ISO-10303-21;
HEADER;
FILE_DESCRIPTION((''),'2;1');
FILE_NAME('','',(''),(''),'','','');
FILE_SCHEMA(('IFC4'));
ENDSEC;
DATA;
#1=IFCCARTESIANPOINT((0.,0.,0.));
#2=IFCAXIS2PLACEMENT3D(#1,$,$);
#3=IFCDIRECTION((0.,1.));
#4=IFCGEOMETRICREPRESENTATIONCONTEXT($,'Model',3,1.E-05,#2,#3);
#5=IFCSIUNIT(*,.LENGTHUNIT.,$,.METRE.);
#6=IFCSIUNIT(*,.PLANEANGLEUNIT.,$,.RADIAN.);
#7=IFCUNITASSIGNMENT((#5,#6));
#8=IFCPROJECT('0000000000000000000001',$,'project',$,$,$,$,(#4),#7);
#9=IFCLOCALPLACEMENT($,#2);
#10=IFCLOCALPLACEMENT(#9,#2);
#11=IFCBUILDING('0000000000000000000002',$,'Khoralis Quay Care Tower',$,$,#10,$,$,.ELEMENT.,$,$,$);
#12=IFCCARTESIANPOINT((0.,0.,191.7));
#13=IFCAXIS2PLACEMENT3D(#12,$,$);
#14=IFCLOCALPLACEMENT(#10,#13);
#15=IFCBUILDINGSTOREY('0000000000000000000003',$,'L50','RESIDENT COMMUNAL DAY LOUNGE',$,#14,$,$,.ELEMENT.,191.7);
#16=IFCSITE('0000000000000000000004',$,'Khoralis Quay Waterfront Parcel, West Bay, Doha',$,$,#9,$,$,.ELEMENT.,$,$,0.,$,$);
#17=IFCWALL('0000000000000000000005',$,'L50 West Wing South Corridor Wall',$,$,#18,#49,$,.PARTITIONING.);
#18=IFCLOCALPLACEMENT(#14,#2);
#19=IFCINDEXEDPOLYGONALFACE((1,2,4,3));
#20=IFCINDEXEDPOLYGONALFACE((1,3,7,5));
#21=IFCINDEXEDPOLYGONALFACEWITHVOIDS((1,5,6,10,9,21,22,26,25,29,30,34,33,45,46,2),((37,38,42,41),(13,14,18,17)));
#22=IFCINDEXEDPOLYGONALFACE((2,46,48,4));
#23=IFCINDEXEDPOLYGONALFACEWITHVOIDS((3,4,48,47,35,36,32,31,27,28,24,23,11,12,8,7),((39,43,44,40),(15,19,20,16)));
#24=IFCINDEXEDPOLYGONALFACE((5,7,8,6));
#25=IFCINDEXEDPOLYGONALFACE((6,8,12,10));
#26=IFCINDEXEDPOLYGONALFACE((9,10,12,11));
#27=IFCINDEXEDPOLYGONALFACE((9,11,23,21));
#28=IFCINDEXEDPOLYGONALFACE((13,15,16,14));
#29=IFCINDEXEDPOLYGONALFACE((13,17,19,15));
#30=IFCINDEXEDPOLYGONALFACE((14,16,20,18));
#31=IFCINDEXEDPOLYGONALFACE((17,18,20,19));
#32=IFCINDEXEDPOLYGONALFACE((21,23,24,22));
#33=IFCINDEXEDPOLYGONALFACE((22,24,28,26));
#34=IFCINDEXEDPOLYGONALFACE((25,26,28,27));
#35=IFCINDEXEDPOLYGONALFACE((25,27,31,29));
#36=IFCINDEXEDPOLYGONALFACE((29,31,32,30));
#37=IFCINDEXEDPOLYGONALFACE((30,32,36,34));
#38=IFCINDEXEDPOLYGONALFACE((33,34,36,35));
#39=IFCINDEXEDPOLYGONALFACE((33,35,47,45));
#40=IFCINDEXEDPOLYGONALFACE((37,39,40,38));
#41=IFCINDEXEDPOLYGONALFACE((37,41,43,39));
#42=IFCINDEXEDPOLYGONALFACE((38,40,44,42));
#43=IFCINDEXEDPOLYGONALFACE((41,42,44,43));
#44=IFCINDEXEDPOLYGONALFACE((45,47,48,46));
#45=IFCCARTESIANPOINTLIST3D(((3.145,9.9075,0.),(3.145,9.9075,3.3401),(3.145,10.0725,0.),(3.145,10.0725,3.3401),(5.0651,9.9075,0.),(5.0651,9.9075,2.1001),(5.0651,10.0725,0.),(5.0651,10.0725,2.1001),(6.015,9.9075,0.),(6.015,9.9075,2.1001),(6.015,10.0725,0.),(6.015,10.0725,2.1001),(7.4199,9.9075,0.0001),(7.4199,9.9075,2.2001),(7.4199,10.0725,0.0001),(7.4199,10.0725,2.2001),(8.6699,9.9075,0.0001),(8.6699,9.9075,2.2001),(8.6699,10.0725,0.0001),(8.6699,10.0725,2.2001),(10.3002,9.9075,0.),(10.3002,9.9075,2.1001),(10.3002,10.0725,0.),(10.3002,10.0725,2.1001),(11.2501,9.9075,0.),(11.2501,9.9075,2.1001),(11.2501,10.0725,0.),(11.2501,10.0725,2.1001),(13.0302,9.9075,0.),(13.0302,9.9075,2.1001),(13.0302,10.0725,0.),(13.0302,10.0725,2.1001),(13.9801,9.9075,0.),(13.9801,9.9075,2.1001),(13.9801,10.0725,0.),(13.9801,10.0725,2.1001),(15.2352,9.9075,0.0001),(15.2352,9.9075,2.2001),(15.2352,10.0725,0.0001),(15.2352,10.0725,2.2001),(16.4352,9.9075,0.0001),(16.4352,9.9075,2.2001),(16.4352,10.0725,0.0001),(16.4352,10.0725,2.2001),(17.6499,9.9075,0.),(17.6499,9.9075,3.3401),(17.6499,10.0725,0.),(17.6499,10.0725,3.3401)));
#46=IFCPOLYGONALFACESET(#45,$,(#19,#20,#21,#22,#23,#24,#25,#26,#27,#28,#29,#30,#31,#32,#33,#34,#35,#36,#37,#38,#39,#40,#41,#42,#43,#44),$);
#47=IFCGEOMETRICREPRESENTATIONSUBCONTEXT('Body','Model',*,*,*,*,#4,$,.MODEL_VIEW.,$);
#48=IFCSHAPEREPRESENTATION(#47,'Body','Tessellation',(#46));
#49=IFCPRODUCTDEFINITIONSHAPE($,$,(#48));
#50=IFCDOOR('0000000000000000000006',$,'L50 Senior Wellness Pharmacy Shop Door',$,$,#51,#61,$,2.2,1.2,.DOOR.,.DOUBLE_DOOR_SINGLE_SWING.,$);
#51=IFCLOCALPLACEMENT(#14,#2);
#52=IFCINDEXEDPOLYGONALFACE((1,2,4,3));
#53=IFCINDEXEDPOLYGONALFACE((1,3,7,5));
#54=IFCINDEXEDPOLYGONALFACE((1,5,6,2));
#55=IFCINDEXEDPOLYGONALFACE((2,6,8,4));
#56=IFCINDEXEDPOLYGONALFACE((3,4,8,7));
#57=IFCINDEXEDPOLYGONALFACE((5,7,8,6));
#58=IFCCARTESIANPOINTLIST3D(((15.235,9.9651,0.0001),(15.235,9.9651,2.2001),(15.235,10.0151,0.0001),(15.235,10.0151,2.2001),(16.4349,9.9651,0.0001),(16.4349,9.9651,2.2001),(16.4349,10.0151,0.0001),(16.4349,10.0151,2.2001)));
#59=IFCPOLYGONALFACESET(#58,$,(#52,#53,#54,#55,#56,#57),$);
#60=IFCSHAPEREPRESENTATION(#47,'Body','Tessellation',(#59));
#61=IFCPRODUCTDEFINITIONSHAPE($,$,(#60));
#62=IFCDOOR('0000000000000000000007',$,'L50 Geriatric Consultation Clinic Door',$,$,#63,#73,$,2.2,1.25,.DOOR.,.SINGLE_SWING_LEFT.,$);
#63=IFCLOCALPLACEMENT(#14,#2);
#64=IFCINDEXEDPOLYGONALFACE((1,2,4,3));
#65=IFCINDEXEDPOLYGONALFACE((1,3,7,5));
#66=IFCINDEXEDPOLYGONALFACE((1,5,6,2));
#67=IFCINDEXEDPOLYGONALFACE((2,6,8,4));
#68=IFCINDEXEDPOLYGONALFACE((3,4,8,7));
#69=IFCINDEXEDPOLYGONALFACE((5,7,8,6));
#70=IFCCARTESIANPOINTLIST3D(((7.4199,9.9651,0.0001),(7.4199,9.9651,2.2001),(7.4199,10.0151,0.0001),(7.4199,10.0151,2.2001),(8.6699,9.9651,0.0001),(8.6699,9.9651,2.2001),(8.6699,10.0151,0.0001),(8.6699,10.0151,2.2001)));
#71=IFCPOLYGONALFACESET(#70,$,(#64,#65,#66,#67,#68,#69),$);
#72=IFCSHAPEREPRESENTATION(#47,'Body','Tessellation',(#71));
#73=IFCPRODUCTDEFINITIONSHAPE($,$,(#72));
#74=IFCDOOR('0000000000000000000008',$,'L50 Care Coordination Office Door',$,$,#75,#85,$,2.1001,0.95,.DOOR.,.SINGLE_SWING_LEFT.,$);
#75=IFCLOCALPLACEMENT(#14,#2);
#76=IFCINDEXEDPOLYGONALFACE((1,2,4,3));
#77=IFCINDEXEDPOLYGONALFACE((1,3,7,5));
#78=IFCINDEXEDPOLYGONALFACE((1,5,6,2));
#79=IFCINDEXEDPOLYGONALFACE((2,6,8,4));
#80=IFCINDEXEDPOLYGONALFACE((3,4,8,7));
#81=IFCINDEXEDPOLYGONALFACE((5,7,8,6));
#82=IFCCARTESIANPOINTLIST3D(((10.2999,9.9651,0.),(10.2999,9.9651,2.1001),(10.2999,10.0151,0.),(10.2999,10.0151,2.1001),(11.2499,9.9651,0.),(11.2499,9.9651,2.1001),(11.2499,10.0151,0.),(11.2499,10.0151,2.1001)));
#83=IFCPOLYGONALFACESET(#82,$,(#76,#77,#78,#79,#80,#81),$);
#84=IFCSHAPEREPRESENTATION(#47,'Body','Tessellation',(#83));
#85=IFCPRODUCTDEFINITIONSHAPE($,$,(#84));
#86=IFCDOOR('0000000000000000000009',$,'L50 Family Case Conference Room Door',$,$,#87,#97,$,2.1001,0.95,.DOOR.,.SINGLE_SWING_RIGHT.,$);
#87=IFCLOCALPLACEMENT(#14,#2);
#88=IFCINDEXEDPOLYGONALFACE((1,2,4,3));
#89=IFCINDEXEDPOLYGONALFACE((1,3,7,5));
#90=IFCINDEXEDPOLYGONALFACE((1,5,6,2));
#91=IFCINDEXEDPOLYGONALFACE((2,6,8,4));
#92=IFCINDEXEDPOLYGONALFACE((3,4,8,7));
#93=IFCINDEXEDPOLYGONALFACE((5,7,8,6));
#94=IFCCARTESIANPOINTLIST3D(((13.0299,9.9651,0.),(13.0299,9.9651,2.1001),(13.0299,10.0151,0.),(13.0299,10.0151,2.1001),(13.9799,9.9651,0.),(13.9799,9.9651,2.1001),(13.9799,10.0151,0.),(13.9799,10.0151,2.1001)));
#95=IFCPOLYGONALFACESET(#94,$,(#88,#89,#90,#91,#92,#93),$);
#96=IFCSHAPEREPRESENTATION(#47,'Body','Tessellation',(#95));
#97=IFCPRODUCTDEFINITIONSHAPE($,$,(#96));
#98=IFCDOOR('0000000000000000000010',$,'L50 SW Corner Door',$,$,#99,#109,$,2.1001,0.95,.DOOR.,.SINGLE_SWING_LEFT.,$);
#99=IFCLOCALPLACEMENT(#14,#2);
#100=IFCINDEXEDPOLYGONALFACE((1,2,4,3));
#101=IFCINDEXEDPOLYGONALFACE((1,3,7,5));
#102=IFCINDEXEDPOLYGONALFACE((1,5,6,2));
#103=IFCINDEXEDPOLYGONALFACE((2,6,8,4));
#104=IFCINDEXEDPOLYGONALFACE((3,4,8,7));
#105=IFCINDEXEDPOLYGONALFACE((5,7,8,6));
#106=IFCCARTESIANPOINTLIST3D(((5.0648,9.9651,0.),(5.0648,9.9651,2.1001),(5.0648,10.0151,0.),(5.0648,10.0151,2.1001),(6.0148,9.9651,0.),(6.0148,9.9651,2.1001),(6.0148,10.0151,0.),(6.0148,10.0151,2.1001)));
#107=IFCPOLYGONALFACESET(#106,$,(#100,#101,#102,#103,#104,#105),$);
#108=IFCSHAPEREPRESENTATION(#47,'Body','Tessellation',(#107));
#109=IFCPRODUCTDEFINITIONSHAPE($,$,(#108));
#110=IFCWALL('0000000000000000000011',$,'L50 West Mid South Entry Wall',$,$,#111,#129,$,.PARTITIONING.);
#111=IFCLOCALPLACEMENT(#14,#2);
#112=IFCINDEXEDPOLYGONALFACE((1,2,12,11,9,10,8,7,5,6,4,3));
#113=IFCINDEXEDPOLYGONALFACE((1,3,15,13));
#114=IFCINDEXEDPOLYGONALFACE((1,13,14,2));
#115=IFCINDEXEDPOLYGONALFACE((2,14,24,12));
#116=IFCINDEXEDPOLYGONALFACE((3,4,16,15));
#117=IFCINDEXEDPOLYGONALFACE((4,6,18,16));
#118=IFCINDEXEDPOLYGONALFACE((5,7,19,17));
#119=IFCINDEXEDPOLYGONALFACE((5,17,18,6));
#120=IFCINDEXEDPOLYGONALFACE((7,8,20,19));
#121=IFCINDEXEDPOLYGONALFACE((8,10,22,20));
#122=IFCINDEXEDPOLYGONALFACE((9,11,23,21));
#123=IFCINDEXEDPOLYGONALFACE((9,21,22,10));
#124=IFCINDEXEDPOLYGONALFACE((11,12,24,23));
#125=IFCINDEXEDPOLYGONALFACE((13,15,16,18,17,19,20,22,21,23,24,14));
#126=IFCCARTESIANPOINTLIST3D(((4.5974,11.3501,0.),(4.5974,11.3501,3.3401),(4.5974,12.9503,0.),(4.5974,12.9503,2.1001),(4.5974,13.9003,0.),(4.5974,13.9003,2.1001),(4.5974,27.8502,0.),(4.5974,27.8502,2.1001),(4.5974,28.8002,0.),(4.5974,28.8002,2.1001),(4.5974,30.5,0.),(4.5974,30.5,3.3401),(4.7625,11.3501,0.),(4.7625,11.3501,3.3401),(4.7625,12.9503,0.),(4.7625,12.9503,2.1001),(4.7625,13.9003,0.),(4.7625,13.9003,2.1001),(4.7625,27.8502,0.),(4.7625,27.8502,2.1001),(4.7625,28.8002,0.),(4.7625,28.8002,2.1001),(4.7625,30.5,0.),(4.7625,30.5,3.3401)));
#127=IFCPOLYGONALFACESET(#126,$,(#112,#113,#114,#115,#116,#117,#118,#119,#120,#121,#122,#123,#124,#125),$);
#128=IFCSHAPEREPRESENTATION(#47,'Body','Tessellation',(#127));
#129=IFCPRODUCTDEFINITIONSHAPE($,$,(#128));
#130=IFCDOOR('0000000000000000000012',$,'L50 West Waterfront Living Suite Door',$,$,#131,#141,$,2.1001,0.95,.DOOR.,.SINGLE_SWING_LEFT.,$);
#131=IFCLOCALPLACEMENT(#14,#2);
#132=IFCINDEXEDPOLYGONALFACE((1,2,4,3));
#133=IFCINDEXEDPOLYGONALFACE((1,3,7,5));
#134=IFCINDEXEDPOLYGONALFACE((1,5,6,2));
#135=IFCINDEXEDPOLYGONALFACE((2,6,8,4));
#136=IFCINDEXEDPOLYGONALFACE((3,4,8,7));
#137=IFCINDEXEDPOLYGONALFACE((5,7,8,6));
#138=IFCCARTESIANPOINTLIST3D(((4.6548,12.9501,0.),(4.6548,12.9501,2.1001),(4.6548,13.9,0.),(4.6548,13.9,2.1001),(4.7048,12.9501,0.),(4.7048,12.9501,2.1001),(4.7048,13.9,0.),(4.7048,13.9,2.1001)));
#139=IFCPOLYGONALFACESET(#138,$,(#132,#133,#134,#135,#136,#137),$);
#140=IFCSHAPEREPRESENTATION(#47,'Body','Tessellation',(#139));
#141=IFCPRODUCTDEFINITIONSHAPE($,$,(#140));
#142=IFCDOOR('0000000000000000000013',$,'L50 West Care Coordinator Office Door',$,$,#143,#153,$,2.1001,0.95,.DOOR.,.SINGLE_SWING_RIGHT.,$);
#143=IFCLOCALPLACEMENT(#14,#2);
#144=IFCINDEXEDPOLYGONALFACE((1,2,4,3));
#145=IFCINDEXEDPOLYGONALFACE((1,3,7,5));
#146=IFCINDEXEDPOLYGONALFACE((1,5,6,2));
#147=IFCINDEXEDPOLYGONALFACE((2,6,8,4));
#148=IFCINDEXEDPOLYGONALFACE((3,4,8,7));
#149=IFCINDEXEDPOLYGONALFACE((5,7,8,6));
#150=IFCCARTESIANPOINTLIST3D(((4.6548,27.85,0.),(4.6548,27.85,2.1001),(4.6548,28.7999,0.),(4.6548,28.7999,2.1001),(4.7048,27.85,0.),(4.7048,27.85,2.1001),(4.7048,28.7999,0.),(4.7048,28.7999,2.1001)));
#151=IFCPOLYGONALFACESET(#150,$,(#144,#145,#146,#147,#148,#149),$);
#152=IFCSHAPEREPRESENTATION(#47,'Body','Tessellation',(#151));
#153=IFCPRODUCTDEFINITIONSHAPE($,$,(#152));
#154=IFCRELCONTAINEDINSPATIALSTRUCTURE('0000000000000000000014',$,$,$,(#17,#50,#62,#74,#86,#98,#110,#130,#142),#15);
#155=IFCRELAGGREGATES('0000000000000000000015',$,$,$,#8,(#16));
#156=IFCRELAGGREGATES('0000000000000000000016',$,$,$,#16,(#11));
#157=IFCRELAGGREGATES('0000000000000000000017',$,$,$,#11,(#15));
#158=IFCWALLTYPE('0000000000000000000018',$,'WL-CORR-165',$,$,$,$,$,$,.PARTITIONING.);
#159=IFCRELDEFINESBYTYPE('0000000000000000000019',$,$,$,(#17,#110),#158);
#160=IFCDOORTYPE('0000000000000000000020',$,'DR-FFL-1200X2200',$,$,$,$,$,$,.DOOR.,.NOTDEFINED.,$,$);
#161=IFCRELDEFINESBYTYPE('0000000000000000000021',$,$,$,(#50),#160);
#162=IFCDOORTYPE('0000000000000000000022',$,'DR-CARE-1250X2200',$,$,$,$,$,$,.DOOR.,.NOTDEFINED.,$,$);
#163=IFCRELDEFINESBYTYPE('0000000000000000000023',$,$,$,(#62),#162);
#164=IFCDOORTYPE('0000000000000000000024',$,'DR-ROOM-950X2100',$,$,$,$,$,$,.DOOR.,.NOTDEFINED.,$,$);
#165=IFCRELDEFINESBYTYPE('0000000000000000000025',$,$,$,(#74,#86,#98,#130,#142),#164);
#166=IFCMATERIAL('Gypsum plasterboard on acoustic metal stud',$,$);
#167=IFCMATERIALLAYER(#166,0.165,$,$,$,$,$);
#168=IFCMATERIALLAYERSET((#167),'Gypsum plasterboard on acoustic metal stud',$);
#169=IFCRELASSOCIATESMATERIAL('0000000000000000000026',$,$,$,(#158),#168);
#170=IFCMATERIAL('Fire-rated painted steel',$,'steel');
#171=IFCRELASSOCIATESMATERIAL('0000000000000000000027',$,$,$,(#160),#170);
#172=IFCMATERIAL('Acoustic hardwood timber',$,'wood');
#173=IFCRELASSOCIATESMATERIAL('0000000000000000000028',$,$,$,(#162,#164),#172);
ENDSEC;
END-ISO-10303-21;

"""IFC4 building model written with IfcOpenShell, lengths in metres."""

from ifc_helpers import new_model, si_unit, direction, frame, frame_2d, origin, place, context, subcontext, project, spatial, rectangle, extrude, source, transform, mapped, material, layer, layer_set, type_object, element, fill, save


model = new_model("IFC4")

# Units and contexts
model_context = context("Model", 3, precision=1e-05, world=origin(), true_north=direction((0.0, 1.0)))
body_context = subcontext(model_context, "Body", "Model", "MODEL_VIEW")
ifc_project = project(units=[si_unit("LENGTHUNIT", "METRE"), si_unit("PLANEANGLEUNIT", "RADIAN")], contexts=[model_context])

# Site, building, storey
site_placement = place(None, origin())
site = spatial("IfcSite", under=ifc_project, at=site_placement, Name="Khoralis Quay Waterfront Parcel, West Bay, Doha", CompositionType="ELEMENT", RefElevation=0.0)
building_placement = place(site_placement, origin())
building = spatial("IfcBuilding", under=site, at=building_placement, Name="Khoralis Quay Care Tower", CompositionType="ELEMENT")
storey_placement = place(building_placement, frame((0.0, 0.0, 191.7)))
storey = spatial("IfcBuildingStorey", under=building, at=storey_placement, Name="L50", Description="RESIDENT COMMUNAL DAY LOUNGE", CompositionType="ELEMENT", Elevation=191.7)

# Walls, openings, doors
ifc_material_1 = material(Name="Gypsum plasterboard on acoustic metal stud")
ifc_layer_1 = layer(ifc_material_1, 0.165)
ifc_layer_set_1 = layer_set([ifc_layer_1], Name="Gypsum plasterboard on acoustic metal stud")
wall_type_1 = type_object("IfcWallType", Name="WL-CORR-165", PredefinedType="PARTITIONING", material=ifc_layer_set_1)
wall_1_placement = place(storey_placement, frame((3.145, 9.99, 0.0), z_axis=(0.0, 0.0, 1.0), x_axis=(1.0, 0.0, 0.0)))
wall_1 = element("IfcWall", 1, at=wall_1_placement, inside=storey, type_object=wall_type_1, Name="L50 West Wing South Corridor Wall", PredefinedType="PARTITIONING", context=body_context, shape_type="SweptSolid", body=[
    extrude(rectangle(XDim=14.5049, YDim=0.165, at=frame_2d((7.2524, 0.0))), origin(), (0.0, 0.0, 1.0), 3.3401),
])
opening_1_placement = place(wall_1_placement, frame((4.2749, 0.0, 0.0)))
opening_1 = element("IfcOpeningElement", 2, at=opening_1_placement, cuts=wall_1, PredefinedType="OPENING", context=body_context, shape_type="SweptSolid", body=[
    extrude(rectangle(XDim=1.25, YDim=2.2, at=frame_2d((0.625, 1.1001))), frame((0.0, 0.0925, 0.0), z_axis=(0.0, -1.0, 0.0), x_axis=(1.0, 0.0, 0.0)), (0.0, 0.0, 1.0), 0.1851),
])
opening_2_placement = place(wall_1_placement, frame((7.155, 0.0, 0.0)))
opening_2 = element("IfcOpeningElement", 3, at=opening_2_placement, cuts=wall_1, PredefinedType="OPENING", context=body_context, shape_type="SweptSolid", body=[
    extrude(rectangle(XDim=0.95, YDim=2.1001, at=frame_2d((0.4751, 1.05))), frame((0.0, 0.0925, 0.0), z_axis=(0.0, -1.0, 0.0), x_axis=(1.0, 0.0, 0.0)), (0.0, 0.0, 1.0), 0.1851),
])
opening_3_placement = place(wall_1_placement, frame((9.885, 0.0, 0.0)))
opening_3 = element("IfcOpeningElement", 4, at=opening_3_placement, cuts=wall_1, PredefinedType="OPENING", context=body_context, shape_type="SweptSolid", body=[
    extrude(rectangle(XDim=0.95, YDim=2.1001, at=frame_2d((0.4751, 1.05))), frame((0.0, 0.0925, 0.0), z_axis=(0.0, -1.0, 0.0), x_axis=(1.0, 0.0, 0.0)), (0.0, 0.0, 1.0), 0.1851),
])
opening_4_placement = place(wall_1_placement, frame((12.0901, 0.0, 0.0)))
opening_4 = element("IfcOpeningElement", 5, at=opening_4_placement, cuts=wall_1, PredefinedType="OPENING", context=body_context, shape_type="SweptSolid", body=[
    extrude(rectangle(XDim=1.2, YDim=2.2, at=frame_2d((0.6001, 1.1001))), frame((0.0, 0.0925, 0.0), z_axis=(0.0, -1.0, 0.0), x_axis=(1.0, 0.0, 0.0)), (0.0, 0.0, 1.0), 0.1851),
])
opening_5_placement = place(wall_1_placement, frame((1.9199, 0.0, 0.0)))
opening_5 = element("IfcOpeningElement", 6, at=opening_5_placement, cuts=wall_1, PredefinedType="OPENING", context=body_context, shape_type="SweptSolid", body=[
    extrude(rectangle(XDim=0.95, YDim=2.1001, at=frame_2d((0.4751, 1.05))), frame((0.0, 0.0925, 0.0), z_axis=(0.0, -1.0, 0.0), x_axis=(1.0, 0.0, 0.0)), (0.0, 0.0, 1.0), 0.1851),
])
ifc_material_2 = material(Name="Fire-rated painted steel", Category="steel")
door_type_1 = type_object("IfcDoorType", Name="DR-FFL-1200X2200", OperationType="NOTDEFINED", PredefinedType="DOOR", material=ifc_material_2)
shared_shape_1 = source(origin(), body_context, "Body", "SweptSolid", [
    extrude(rectangle(XDim=1.2, YDim=2.2, at=frame_2d((0.6001, 1.1001))), frame((0.0, 0.0249, 0.0), z_axis=(0.0, -1.0, 0.0), x_axis=(1.0, 0.0, 0.0)), (0.0, 0.0, 1.0), 0.05),
])
door_1_placement = place(opening_4_placement, frame((1.2, 0.0, 0.0), z_axis=(0.0, 0.0, 1.0), x_axis=(-1.0, 0.0, 0.0)))
door_1 = element("IfcDoor", 7, at=door_1_placement, inside=storey, type_object=door_type_1, Name="L50 Senior Wellness Pharmacy Shop Door", OperationType="DOUBLE_DOOR_SINGLE_SWING", OverallHeight=2.2, OverallWidth=1.2, PredefinedType="DOOR", context=body_context, shape_type="MappedRepresentation", body=[
    mapped(shared_shape_1, transform((0.0, 0.0, 0.0), scale=1.0)),
])
fill(opening_4, door_1)
ifc_material_3 = material(Name="Acoustic hardwood timber", Category="wood")
door_type_2 = type_object("IfcDoorType", Name="DR-CARE-1250X2200", OperationType="NOTDEFINED", PredefinedType="DOOR", material=ifc_material_3)
shared_shape_2 = source(origin(), body_context, "Body", "SweptSolid", [
    extrude(rectangle(XDim=1.25, YDim=2.2, at=frame_2d((0.625, 1.1001))), frame((0.0, 0.0249, 0.0), z_axis=(0.0, -1.0, 0.0), x_axis=(1.0, 0.0, 0.0)), (0.0, 0.0, 1.0), 0.05),
])
door_2_placement = place(opening_1_placement, frame((1.25, 0.0, 0.0), z_axis=(0.0, 0.0, 1.0), x_axis=(-1.0, 0.0, 0.0)))
door_2 = element("IfcDoor", 8, at=door_2_placement, inside=storey, type_object=door_type_2, Name="L50 Geriatric Consultation Clinic Door", OperationType="SINGLE_SWING_LEFT", OverallHeight=2.2, OverallWidth=1.25, PredefinedType="DOOR", context=body_context, shape_type="MappedRepresentation", body=[
    mapped(shared_shape_2, transform((0.0, 0.0, 0.0), scale=1.0)),
])
fill(opening_1, door_2)
door_type_3 = type_object("IfcDoorType", Name="DR-ROOM-950X2100", OperationType="NOTDEFINED", PredefinedType="DOOR", material=ifc_material_3)
shared_shape_3 = source(origin(), body_context, "Body", "SweptSolid", [
    extrude(rectangle(XDim=0.95, YDim=2.1001, at=frame_2d((0.4751, 1.05))), frame((0.0, 0.0249, 0.0), z_axis=(0.0, -1.0, 0.0), x_axis=(1.0, 0.0, 0.0)), (0.0, 0.0, 1.0), 0.05),
])
door_3_placement = place(opening_2_placement, frame((0.95, 0.0, 0.0), z_axis=(0.0, 0.0, 1.0), x_axis=(-1.0, 0.0, 0.0)))
door_3 = element("IfcDoor", 9, at=door_3_placement, inside=storey, type_object=door_type_3, Name="L50 Care Coordination Office Door", OperationType="SINGLE_SWING_LEFT", OverallHeight=2.1001, OverallWidth=0.95, PredefinedType="DOOR", context=body_context, shape_type="MappedRepresentation", body=[
    mapped(shared_shape_3, transform((0.0, 0.0, 0.0), scale=1.0)),
])
fill(opening_2, door_3)
door_4_placement = place(opening_3_placement, frame((0.95, 0.0, 0.0), z_axis=(0.0, 0.0, 1.0), x_axis=(-1.0, 0.0, 0.0)))
door_4 = element("IfcDoor", 10, at=door_4_placement, inside=storey, type_object=door_type_3, Name="L50 Family Case Conference Room Door", OperationType="SINGLE_SWING_RIGHT", OverallHeight=2.1001, OverallWidth=0.95, PredefinedType="DOOR", context=body_context, shape_type="MappedRepresentation", body=[
    mapped(shared_shape_3, transform((0.0, 0.0, 0.0), scale=1.0)),
])
fill(opening_3, door_4)
door_5_placement = place(opening_5_placement, frame((0.95, 0.0, 0.0), z_axis=(0.0, 0.0, 1.0), x_axis=(-1.0, 0.0, 0.0)))
door_5 = element("IfcDoor", 11, at=door_5_placement, inside=storey, type_object=door_type_3, Name="L50 SW Corner Door", OperationType="SINGLE_SWING_LEFT", OverallHeight=2.1001, OverallWidth=0.95, PredefinedType="DOOR", context=body_context, shape_type="MappedRepresentation", body=[
    mapped(shared_shape_3, transform((0.0, 0.0, 0.0), scale=1.0)),
])
fill(opening_5, door_5)
wall_2_placement = place(storey_placement, frame((4.6799, 11.3501, 0.0), z_axis=(0.0, 0.0, 1.0), x_axis=(0.0, 1.0, 0.0)))
wall_2 = element("IfcWall", 12, at=wall_2_placement, inside=storey, type_object=wall_type_1, Name="L50 West Mid South Entry Wall", PredefinedType="PARTITIONING", context=body_context, shape_type="SweptSolid", body=[
    extrude(rectangle(XDim=19.1499, YDim=0.165, at=frame_2d((9.575, 0.0))), origin(), (0.0, 0.0, 1.0), 3.3401),
])
opening_6_placement = place(wall_2_placement, frame((1.6001, 0.0, 0.0)))
opening_6 = element("IfcOpeningElement", 13, at=opening_6_placement, cuts=wall_2, PredefinedType="OPENING", context=body_context, shape_type="SweptSolid", body=[
    extrude(rectangle(XDim=0.95, YDim=2.1001, at=frame_2d((0.4751, 1.05))), frame((0.0, 0.0925, 0.0), z_axis=(0.0, -1.0, 0.0), x_axis=(1.0, 0.0, 0.0)), (0.0, 0.0, 1.0), 0.1851),
])
opening_7_placement = place(wall_2_placement, frame((16.5, 0.0, 0.0)))
opening_7 = element("IfcOpeningElement", 14, at=opening_7_placement, cuts=wall_2, PredefinedType="OPENING", context=body_context, shape_type="SweptSolid", body=[
    extrude(rectangle(XDim=0.95, YDim=2.1001, at=frame_2d((0.4751, 1.05))), frame((0.0, 0.0925, 0.0), z_axis=(0.0, -1.0, 0.0), x_axis=(1.0, 0.0, 0.0)), (0.0, 0.0, 1.0), 0.1851),
])
door_6_placement = place(opening_6_placement, frame((0.95, 0.0, 0.0), z_axis=(0.0, 0.0, 1.0), x_axis=(-1.0, 0.0, 0.0)))
door_6 = element("IfcDoor", 15, at=door_6_placement, inside=storey, type_object=door_type_3, Name="L50 West Waterfront Living Suite Door", OperationType="SINGLE_SWING_LEFT", OverallHeight=2.1001, OverallWidth=0.95, PredefinedType="DOOR", context=body_context, shape_type="MappedRepresentation", body=[
    mapped(shared_shape_3, transform((0.0, 0.0, 0.0), scale=1.0)),
])
fill(opening_6, door_6)
door_7_placement = place(opening_7_placement, frame((0.95, 0.0, 0.0), z_axis=(0.0, 0.0, 1.0), x_axis=(-1.0, 0.0, 0.0)))
door_7 = element("IfcDoor", 16, at=door_7_placement, inside=storey, type_object=door_type_3, Name="L50 West Care Coordinator Office Door", OperationType="SINGLE_SWING_RIGHT", OverallHeight=2.1001, OverallWidth=0.95, PredefinedType="DOOR", context=body_context, shape_type="MappedRepresentation", body=[
    mapped(shared_shape_3, transform((0.0, 0.0, 0.0), scale=1.0)),
])
fill(opening_7, door_7)

save(model, "model.ifc")
